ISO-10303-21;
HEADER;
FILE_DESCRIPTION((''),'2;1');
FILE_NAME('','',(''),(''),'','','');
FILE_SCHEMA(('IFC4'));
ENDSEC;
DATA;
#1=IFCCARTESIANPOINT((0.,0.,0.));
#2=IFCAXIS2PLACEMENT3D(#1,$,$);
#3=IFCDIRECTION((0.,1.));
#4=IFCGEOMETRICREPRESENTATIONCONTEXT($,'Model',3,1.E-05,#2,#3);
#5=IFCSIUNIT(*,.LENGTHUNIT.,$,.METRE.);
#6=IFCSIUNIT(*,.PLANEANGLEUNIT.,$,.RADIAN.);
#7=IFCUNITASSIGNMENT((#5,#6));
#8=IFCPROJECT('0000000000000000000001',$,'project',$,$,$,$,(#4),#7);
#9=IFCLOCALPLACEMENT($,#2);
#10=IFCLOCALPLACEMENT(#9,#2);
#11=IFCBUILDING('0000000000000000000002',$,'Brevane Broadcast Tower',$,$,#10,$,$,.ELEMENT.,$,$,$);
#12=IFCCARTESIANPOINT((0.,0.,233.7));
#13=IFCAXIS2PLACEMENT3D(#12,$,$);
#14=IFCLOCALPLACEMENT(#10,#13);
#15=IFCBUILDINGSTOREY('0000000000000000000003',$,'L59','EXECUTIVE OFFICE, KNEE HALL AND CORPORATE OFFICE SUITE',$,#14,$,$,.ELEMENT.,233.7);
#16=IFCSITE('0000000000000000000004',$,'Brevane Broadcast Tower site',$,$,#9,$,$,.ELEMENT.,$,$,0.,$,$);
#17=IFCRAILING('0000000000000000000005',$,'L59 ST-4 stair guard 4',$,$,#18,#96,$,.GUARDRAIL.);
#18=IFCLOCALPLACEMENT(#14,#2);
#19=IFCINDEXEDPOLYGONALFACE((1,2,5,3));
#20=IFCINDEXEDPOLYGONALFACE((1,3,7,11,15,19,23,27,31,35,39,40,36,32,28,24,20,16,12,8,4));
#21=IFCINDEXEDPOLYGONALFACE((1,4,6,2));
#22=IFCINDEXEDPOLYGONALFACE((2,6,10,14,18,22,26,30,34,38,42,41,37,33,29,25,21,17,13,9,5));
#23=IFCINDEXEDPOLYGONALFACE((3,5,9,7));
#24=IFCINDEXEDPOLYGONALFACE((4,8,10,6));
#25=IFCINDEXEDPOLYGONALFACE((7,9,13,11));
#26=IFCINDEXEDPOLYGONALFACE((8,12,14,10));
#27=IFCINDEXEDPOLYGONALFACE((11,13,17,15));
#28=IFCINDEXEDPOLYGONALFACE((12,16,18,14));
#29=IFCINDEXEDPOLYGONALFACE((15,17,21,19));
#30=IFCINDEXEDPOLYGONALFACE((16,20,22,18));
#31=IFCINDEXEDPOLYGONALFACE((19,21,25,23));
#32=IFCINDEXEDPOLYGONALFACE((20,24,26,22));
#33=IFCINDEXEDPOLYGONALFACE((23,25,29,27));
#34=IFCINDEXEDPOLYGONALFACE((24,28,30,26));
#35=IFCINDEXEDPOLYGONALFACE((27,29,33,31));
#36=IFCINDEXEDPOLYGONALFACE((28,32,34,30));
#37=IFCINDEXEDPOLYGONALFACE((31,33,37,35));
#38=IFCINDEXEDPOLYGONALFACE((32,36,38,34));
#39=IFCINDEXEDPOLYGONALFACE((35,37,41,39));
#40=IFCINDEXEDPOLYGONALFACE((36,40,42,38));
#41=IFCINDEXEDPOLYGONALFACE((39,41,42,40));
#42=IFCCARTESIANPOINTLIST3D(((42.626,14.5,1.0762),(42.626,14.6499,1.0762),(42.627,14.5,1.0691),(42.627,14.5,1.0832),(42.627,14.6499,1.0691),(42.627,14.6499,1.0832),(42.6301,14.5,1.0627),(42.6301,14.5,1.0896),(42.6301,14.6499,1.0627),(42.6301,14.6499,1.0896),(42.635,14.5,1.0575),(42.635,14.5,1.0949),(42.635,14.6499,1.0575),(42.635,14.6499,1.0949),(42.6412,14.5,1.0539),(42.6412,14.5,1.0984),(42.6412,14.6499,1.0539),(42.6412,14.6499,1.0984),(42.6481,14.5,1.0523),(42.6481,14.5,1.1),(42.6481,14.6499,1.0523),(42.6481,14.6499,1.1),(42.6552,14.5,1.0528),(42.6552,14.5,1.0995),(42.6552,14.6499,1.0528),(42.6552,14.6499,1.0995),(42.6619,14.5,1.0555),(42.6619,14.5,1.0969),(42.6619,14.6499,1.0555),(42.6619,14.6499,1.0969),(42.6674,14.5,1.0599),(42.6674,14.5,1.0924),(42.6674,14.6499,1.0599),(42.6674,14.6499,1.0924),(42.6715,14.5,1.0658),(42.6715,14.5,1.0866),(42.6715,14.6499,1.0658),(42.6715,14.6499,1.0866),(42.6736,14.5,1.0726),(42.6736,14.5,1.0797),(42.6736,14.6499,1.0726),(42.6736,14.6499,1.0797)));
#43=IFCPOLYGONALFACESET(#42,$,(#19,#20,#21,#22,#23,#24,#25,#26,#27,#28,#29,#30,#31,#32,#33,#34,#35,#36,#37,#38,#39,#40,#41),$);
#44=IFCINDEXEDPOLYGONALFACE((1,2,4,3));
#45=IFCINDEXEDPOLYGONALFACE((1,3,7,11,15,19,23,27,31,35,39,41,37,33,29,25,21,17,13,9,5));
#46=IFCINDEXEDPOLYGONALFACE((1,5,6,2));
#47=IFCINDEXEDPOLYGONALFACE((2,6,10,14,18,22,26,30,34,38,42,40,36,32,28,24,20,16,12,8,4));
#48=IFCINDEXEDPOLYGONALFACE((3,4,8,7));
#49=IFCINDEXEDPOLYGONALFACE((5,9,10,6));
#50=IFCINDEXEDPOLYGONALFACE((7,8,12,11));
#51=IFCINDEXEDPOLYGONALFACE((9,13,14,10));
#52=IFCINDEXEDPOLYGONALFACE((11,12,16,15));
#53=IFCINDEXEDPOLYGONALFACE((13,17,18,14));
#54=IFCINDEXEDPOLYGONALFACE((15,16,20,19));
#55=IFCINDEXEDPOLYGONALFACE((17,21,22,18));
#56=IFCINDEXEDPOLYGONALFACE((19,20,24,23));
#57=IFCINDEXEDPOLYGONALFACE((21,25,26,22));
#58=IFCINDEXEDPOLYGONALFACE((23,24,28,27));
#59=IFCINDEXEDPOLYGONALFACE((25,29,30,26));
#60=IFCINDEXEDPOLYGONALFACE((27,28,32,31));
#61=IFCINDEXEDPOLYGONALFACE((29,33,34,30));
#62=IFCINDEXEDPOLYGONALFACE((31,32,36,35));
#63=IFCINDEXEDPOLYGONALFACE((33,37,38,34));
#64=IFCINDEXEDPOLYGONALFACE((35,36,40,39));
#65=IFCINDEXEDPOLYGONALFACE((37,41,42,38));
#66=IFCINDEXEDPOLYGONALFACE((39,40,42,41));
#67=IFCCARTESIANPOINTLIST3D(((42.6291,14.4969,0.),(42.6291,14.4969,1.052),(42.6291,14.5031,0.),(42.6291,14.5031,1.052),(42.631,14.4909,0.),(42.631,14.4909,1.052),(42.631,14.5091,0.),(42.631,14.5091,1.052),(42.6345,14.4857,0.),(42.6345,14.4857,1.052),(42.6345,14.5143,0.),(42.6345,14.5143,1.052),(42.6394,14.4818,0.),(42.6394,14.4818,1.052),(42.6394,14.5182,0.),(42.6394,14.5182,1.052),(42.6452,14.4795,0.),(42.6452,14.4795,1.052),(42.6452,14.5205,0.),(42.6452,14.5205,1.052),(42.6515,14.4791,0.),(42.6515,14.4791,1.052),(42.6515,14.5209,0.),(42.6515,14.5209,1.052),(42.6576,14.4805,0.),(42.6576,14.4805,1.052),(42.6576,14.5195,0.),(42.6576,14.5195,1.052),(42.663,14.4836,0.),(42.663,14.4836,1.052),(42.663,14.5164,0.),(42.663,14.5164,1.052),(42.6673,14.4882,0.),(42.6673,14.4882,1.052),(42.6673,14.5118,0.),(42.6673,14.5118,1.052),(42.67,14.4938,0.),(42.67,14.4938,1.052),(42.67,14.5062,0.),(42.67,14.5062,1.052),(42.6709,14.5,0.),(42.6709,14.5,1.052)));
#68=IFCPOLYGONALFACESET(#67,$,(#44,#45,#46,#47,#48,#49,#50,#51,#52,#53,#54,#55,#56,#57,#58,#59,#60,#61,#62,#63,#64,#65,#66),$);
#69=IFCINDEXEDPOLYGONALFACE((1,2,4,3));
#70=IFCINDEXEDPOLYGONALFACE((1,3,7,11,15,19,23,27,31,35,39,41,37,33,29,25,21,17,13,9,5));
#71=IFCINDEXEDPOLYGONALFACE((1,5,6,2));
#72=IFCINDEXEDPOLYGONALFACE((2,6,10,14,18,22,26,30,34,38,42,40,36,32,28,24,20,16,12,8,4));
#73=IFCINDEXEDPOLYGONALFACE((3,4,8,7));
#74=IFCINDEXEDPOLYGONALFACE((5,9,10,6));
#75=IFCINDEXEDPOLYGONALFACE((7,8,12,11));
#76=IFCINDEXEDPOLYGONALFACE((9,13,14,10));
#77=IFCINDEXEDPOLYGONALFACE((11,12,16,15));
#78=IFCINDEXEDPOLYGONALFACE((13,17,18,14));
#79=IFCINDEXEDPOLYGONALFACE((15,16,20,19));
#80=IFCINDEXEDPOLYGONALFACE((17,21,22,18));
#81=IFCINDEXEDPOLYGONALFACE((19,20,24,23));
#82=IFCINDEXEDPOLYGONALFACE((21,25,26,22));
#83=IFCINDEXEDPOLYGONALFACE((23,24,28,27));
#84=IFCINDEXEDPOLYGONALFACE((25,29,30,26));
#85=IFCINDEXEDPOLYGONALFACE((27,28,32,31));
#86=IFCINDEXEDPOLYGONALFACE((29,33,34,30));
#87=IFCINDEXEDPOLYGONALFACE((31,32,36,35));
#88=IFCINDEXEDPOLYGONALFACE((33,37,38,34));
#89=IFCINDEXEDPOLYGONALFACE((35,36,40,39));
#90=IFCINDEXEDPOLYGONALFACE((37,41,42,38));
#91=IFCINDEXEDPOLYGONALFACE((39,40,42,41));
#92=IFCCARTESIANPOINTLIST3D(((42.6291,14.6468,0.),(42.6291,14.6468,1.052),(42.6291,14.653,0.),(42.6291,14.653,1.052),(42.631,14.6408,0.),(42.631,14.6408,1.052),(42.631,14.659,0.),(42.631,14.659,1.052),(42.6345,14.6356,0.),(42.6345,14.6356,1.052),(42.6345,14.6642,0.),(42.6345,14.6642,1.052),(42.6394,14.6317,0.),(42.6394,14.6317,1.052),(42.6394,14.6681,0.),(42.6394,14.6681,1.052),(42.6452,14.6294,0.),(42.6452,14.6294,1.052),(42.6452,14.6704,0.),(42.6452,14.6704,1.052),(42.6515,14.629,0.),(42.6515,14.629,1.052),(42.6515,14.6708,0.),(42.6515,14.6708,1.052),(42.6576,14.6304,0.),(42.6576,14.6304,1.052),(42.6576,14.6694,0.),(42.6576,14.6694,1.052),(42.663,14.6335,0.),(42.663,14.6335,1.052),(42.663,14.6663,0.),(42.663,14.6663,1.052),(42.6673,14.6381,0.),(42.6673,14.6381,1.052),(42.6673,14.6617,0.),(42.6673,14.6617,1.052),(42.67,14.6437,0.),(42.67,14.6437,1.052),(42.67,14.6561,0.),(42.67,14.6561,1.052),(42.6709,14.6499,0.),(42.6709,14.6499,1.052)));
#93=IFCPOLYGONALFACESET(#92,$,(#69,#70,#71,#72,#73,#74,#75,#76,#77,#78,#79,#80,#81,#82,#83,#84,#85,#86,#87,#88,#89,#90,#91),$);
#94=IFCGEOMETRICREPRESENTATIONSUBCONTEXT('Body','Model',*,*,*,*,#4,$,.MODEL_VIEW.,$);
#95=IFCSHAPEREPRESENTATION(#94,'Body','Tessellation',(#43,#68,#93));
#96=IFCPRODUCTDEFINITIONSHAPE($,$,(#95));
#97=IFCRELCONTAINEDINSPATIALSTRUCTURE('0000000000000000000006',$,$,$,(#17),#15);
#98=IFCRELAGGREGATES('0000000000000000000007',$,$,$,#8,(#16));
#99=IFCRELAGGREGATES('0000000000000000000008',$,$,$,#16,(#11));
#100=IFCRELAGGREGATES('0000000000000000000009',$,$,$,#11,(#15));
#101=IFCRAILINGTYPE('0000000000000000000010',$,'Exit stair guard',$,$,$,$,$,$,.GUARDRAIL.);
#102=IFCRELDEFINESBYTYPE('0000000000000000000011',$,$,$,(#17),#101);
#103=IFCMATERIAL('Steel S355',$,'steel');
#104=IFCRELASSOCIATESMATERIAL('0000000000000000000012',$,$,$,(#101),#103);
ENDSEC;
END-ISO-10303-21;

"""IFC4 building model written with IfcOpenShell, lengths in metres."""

from ifc_helpers import new_model, si_unit, direction, frame, origin, origin_2d, place, context, subcontext, project, spatial, circle, extrude, material, type_object, element, save


model = new_model("IFC4")

# Units and contexts
model_context = context("Model", 3, precision=1e-05, world=origin(), true_north=direction((0.0, 1.0)))
body_context = subcontext(model_context, "Body", "Model", "MODEL_VIEW")
ifc_project = project(units=[si_unit("LENGTHUNIT", "METRE"), si_unit("PLANEANGLEUNIT", "RADIAN")], contexts=[model_context])

# Site, building, storey
site_placement = place(None, origin())
site = spatial("IfcSite", under=ifc_project, at=site_placement, Name="Brevane Broadcast Tower site", CompositionType="ELEMENT", RefElevation=0.0)
building_placement = place(site_placement, origin())
building = spatial("IfcBuilding", under=site, at=building_placement, Name="Brevane Broadcast Tower", CompositionType="ELEMENT")
storey_placement = place(building_placement, frame((0.0, 0.0, 233.7)))
storey = spatial("IfcBuildingStorey", under=building, at=storey_placement, Name="L59", Description="EXECUTIVE OFFICE, KNEE HALL AND CORPORATE OFFICE SUITE", CompositionType="ELEMENT", Elevation=233.7)

# Railing
ifc_material_1 = material(Name="Steel S355", Category="steel")
railing_type_1 = type_object("IfcRailingType", Name="Exit stair guard", PredefinedType="GUARDRAIL", material=ifc_material_1)
railing_1_placement = place(storey_placement, frame((42.6499, 14.5, 0.0)))
element("IfcRailing", 1, at=railing_1_placement, inside=storey, type_object=railing_type_1, Name="L59 ST-4 stair guard 4", PredefinedType="GUARDRAIL", context=body_context, shape_type="SweptSolid", body=[
    extrude(circle(Radius=0.0239, at=origin_2d()), frame((0.0, 0.0, 1.0762), z_axis=(0.0, 1.0, 0.0), x_axis=(-1.0, 0.0, 0.0)), (0.0, 0.0, 1.0), 0.1499),
    extrude(circle(Radius=0.021, at=origin_2d()), origin(), (0.0, 0.0, 1.0), 1.052),
    extrude(circle(Radius=0.021, at=origin_2d()), frame((0.0, 0.1499, 0.0)), (0.0, 0.0, 1.0), 1.052),
])

save(model, "model.ifc")
